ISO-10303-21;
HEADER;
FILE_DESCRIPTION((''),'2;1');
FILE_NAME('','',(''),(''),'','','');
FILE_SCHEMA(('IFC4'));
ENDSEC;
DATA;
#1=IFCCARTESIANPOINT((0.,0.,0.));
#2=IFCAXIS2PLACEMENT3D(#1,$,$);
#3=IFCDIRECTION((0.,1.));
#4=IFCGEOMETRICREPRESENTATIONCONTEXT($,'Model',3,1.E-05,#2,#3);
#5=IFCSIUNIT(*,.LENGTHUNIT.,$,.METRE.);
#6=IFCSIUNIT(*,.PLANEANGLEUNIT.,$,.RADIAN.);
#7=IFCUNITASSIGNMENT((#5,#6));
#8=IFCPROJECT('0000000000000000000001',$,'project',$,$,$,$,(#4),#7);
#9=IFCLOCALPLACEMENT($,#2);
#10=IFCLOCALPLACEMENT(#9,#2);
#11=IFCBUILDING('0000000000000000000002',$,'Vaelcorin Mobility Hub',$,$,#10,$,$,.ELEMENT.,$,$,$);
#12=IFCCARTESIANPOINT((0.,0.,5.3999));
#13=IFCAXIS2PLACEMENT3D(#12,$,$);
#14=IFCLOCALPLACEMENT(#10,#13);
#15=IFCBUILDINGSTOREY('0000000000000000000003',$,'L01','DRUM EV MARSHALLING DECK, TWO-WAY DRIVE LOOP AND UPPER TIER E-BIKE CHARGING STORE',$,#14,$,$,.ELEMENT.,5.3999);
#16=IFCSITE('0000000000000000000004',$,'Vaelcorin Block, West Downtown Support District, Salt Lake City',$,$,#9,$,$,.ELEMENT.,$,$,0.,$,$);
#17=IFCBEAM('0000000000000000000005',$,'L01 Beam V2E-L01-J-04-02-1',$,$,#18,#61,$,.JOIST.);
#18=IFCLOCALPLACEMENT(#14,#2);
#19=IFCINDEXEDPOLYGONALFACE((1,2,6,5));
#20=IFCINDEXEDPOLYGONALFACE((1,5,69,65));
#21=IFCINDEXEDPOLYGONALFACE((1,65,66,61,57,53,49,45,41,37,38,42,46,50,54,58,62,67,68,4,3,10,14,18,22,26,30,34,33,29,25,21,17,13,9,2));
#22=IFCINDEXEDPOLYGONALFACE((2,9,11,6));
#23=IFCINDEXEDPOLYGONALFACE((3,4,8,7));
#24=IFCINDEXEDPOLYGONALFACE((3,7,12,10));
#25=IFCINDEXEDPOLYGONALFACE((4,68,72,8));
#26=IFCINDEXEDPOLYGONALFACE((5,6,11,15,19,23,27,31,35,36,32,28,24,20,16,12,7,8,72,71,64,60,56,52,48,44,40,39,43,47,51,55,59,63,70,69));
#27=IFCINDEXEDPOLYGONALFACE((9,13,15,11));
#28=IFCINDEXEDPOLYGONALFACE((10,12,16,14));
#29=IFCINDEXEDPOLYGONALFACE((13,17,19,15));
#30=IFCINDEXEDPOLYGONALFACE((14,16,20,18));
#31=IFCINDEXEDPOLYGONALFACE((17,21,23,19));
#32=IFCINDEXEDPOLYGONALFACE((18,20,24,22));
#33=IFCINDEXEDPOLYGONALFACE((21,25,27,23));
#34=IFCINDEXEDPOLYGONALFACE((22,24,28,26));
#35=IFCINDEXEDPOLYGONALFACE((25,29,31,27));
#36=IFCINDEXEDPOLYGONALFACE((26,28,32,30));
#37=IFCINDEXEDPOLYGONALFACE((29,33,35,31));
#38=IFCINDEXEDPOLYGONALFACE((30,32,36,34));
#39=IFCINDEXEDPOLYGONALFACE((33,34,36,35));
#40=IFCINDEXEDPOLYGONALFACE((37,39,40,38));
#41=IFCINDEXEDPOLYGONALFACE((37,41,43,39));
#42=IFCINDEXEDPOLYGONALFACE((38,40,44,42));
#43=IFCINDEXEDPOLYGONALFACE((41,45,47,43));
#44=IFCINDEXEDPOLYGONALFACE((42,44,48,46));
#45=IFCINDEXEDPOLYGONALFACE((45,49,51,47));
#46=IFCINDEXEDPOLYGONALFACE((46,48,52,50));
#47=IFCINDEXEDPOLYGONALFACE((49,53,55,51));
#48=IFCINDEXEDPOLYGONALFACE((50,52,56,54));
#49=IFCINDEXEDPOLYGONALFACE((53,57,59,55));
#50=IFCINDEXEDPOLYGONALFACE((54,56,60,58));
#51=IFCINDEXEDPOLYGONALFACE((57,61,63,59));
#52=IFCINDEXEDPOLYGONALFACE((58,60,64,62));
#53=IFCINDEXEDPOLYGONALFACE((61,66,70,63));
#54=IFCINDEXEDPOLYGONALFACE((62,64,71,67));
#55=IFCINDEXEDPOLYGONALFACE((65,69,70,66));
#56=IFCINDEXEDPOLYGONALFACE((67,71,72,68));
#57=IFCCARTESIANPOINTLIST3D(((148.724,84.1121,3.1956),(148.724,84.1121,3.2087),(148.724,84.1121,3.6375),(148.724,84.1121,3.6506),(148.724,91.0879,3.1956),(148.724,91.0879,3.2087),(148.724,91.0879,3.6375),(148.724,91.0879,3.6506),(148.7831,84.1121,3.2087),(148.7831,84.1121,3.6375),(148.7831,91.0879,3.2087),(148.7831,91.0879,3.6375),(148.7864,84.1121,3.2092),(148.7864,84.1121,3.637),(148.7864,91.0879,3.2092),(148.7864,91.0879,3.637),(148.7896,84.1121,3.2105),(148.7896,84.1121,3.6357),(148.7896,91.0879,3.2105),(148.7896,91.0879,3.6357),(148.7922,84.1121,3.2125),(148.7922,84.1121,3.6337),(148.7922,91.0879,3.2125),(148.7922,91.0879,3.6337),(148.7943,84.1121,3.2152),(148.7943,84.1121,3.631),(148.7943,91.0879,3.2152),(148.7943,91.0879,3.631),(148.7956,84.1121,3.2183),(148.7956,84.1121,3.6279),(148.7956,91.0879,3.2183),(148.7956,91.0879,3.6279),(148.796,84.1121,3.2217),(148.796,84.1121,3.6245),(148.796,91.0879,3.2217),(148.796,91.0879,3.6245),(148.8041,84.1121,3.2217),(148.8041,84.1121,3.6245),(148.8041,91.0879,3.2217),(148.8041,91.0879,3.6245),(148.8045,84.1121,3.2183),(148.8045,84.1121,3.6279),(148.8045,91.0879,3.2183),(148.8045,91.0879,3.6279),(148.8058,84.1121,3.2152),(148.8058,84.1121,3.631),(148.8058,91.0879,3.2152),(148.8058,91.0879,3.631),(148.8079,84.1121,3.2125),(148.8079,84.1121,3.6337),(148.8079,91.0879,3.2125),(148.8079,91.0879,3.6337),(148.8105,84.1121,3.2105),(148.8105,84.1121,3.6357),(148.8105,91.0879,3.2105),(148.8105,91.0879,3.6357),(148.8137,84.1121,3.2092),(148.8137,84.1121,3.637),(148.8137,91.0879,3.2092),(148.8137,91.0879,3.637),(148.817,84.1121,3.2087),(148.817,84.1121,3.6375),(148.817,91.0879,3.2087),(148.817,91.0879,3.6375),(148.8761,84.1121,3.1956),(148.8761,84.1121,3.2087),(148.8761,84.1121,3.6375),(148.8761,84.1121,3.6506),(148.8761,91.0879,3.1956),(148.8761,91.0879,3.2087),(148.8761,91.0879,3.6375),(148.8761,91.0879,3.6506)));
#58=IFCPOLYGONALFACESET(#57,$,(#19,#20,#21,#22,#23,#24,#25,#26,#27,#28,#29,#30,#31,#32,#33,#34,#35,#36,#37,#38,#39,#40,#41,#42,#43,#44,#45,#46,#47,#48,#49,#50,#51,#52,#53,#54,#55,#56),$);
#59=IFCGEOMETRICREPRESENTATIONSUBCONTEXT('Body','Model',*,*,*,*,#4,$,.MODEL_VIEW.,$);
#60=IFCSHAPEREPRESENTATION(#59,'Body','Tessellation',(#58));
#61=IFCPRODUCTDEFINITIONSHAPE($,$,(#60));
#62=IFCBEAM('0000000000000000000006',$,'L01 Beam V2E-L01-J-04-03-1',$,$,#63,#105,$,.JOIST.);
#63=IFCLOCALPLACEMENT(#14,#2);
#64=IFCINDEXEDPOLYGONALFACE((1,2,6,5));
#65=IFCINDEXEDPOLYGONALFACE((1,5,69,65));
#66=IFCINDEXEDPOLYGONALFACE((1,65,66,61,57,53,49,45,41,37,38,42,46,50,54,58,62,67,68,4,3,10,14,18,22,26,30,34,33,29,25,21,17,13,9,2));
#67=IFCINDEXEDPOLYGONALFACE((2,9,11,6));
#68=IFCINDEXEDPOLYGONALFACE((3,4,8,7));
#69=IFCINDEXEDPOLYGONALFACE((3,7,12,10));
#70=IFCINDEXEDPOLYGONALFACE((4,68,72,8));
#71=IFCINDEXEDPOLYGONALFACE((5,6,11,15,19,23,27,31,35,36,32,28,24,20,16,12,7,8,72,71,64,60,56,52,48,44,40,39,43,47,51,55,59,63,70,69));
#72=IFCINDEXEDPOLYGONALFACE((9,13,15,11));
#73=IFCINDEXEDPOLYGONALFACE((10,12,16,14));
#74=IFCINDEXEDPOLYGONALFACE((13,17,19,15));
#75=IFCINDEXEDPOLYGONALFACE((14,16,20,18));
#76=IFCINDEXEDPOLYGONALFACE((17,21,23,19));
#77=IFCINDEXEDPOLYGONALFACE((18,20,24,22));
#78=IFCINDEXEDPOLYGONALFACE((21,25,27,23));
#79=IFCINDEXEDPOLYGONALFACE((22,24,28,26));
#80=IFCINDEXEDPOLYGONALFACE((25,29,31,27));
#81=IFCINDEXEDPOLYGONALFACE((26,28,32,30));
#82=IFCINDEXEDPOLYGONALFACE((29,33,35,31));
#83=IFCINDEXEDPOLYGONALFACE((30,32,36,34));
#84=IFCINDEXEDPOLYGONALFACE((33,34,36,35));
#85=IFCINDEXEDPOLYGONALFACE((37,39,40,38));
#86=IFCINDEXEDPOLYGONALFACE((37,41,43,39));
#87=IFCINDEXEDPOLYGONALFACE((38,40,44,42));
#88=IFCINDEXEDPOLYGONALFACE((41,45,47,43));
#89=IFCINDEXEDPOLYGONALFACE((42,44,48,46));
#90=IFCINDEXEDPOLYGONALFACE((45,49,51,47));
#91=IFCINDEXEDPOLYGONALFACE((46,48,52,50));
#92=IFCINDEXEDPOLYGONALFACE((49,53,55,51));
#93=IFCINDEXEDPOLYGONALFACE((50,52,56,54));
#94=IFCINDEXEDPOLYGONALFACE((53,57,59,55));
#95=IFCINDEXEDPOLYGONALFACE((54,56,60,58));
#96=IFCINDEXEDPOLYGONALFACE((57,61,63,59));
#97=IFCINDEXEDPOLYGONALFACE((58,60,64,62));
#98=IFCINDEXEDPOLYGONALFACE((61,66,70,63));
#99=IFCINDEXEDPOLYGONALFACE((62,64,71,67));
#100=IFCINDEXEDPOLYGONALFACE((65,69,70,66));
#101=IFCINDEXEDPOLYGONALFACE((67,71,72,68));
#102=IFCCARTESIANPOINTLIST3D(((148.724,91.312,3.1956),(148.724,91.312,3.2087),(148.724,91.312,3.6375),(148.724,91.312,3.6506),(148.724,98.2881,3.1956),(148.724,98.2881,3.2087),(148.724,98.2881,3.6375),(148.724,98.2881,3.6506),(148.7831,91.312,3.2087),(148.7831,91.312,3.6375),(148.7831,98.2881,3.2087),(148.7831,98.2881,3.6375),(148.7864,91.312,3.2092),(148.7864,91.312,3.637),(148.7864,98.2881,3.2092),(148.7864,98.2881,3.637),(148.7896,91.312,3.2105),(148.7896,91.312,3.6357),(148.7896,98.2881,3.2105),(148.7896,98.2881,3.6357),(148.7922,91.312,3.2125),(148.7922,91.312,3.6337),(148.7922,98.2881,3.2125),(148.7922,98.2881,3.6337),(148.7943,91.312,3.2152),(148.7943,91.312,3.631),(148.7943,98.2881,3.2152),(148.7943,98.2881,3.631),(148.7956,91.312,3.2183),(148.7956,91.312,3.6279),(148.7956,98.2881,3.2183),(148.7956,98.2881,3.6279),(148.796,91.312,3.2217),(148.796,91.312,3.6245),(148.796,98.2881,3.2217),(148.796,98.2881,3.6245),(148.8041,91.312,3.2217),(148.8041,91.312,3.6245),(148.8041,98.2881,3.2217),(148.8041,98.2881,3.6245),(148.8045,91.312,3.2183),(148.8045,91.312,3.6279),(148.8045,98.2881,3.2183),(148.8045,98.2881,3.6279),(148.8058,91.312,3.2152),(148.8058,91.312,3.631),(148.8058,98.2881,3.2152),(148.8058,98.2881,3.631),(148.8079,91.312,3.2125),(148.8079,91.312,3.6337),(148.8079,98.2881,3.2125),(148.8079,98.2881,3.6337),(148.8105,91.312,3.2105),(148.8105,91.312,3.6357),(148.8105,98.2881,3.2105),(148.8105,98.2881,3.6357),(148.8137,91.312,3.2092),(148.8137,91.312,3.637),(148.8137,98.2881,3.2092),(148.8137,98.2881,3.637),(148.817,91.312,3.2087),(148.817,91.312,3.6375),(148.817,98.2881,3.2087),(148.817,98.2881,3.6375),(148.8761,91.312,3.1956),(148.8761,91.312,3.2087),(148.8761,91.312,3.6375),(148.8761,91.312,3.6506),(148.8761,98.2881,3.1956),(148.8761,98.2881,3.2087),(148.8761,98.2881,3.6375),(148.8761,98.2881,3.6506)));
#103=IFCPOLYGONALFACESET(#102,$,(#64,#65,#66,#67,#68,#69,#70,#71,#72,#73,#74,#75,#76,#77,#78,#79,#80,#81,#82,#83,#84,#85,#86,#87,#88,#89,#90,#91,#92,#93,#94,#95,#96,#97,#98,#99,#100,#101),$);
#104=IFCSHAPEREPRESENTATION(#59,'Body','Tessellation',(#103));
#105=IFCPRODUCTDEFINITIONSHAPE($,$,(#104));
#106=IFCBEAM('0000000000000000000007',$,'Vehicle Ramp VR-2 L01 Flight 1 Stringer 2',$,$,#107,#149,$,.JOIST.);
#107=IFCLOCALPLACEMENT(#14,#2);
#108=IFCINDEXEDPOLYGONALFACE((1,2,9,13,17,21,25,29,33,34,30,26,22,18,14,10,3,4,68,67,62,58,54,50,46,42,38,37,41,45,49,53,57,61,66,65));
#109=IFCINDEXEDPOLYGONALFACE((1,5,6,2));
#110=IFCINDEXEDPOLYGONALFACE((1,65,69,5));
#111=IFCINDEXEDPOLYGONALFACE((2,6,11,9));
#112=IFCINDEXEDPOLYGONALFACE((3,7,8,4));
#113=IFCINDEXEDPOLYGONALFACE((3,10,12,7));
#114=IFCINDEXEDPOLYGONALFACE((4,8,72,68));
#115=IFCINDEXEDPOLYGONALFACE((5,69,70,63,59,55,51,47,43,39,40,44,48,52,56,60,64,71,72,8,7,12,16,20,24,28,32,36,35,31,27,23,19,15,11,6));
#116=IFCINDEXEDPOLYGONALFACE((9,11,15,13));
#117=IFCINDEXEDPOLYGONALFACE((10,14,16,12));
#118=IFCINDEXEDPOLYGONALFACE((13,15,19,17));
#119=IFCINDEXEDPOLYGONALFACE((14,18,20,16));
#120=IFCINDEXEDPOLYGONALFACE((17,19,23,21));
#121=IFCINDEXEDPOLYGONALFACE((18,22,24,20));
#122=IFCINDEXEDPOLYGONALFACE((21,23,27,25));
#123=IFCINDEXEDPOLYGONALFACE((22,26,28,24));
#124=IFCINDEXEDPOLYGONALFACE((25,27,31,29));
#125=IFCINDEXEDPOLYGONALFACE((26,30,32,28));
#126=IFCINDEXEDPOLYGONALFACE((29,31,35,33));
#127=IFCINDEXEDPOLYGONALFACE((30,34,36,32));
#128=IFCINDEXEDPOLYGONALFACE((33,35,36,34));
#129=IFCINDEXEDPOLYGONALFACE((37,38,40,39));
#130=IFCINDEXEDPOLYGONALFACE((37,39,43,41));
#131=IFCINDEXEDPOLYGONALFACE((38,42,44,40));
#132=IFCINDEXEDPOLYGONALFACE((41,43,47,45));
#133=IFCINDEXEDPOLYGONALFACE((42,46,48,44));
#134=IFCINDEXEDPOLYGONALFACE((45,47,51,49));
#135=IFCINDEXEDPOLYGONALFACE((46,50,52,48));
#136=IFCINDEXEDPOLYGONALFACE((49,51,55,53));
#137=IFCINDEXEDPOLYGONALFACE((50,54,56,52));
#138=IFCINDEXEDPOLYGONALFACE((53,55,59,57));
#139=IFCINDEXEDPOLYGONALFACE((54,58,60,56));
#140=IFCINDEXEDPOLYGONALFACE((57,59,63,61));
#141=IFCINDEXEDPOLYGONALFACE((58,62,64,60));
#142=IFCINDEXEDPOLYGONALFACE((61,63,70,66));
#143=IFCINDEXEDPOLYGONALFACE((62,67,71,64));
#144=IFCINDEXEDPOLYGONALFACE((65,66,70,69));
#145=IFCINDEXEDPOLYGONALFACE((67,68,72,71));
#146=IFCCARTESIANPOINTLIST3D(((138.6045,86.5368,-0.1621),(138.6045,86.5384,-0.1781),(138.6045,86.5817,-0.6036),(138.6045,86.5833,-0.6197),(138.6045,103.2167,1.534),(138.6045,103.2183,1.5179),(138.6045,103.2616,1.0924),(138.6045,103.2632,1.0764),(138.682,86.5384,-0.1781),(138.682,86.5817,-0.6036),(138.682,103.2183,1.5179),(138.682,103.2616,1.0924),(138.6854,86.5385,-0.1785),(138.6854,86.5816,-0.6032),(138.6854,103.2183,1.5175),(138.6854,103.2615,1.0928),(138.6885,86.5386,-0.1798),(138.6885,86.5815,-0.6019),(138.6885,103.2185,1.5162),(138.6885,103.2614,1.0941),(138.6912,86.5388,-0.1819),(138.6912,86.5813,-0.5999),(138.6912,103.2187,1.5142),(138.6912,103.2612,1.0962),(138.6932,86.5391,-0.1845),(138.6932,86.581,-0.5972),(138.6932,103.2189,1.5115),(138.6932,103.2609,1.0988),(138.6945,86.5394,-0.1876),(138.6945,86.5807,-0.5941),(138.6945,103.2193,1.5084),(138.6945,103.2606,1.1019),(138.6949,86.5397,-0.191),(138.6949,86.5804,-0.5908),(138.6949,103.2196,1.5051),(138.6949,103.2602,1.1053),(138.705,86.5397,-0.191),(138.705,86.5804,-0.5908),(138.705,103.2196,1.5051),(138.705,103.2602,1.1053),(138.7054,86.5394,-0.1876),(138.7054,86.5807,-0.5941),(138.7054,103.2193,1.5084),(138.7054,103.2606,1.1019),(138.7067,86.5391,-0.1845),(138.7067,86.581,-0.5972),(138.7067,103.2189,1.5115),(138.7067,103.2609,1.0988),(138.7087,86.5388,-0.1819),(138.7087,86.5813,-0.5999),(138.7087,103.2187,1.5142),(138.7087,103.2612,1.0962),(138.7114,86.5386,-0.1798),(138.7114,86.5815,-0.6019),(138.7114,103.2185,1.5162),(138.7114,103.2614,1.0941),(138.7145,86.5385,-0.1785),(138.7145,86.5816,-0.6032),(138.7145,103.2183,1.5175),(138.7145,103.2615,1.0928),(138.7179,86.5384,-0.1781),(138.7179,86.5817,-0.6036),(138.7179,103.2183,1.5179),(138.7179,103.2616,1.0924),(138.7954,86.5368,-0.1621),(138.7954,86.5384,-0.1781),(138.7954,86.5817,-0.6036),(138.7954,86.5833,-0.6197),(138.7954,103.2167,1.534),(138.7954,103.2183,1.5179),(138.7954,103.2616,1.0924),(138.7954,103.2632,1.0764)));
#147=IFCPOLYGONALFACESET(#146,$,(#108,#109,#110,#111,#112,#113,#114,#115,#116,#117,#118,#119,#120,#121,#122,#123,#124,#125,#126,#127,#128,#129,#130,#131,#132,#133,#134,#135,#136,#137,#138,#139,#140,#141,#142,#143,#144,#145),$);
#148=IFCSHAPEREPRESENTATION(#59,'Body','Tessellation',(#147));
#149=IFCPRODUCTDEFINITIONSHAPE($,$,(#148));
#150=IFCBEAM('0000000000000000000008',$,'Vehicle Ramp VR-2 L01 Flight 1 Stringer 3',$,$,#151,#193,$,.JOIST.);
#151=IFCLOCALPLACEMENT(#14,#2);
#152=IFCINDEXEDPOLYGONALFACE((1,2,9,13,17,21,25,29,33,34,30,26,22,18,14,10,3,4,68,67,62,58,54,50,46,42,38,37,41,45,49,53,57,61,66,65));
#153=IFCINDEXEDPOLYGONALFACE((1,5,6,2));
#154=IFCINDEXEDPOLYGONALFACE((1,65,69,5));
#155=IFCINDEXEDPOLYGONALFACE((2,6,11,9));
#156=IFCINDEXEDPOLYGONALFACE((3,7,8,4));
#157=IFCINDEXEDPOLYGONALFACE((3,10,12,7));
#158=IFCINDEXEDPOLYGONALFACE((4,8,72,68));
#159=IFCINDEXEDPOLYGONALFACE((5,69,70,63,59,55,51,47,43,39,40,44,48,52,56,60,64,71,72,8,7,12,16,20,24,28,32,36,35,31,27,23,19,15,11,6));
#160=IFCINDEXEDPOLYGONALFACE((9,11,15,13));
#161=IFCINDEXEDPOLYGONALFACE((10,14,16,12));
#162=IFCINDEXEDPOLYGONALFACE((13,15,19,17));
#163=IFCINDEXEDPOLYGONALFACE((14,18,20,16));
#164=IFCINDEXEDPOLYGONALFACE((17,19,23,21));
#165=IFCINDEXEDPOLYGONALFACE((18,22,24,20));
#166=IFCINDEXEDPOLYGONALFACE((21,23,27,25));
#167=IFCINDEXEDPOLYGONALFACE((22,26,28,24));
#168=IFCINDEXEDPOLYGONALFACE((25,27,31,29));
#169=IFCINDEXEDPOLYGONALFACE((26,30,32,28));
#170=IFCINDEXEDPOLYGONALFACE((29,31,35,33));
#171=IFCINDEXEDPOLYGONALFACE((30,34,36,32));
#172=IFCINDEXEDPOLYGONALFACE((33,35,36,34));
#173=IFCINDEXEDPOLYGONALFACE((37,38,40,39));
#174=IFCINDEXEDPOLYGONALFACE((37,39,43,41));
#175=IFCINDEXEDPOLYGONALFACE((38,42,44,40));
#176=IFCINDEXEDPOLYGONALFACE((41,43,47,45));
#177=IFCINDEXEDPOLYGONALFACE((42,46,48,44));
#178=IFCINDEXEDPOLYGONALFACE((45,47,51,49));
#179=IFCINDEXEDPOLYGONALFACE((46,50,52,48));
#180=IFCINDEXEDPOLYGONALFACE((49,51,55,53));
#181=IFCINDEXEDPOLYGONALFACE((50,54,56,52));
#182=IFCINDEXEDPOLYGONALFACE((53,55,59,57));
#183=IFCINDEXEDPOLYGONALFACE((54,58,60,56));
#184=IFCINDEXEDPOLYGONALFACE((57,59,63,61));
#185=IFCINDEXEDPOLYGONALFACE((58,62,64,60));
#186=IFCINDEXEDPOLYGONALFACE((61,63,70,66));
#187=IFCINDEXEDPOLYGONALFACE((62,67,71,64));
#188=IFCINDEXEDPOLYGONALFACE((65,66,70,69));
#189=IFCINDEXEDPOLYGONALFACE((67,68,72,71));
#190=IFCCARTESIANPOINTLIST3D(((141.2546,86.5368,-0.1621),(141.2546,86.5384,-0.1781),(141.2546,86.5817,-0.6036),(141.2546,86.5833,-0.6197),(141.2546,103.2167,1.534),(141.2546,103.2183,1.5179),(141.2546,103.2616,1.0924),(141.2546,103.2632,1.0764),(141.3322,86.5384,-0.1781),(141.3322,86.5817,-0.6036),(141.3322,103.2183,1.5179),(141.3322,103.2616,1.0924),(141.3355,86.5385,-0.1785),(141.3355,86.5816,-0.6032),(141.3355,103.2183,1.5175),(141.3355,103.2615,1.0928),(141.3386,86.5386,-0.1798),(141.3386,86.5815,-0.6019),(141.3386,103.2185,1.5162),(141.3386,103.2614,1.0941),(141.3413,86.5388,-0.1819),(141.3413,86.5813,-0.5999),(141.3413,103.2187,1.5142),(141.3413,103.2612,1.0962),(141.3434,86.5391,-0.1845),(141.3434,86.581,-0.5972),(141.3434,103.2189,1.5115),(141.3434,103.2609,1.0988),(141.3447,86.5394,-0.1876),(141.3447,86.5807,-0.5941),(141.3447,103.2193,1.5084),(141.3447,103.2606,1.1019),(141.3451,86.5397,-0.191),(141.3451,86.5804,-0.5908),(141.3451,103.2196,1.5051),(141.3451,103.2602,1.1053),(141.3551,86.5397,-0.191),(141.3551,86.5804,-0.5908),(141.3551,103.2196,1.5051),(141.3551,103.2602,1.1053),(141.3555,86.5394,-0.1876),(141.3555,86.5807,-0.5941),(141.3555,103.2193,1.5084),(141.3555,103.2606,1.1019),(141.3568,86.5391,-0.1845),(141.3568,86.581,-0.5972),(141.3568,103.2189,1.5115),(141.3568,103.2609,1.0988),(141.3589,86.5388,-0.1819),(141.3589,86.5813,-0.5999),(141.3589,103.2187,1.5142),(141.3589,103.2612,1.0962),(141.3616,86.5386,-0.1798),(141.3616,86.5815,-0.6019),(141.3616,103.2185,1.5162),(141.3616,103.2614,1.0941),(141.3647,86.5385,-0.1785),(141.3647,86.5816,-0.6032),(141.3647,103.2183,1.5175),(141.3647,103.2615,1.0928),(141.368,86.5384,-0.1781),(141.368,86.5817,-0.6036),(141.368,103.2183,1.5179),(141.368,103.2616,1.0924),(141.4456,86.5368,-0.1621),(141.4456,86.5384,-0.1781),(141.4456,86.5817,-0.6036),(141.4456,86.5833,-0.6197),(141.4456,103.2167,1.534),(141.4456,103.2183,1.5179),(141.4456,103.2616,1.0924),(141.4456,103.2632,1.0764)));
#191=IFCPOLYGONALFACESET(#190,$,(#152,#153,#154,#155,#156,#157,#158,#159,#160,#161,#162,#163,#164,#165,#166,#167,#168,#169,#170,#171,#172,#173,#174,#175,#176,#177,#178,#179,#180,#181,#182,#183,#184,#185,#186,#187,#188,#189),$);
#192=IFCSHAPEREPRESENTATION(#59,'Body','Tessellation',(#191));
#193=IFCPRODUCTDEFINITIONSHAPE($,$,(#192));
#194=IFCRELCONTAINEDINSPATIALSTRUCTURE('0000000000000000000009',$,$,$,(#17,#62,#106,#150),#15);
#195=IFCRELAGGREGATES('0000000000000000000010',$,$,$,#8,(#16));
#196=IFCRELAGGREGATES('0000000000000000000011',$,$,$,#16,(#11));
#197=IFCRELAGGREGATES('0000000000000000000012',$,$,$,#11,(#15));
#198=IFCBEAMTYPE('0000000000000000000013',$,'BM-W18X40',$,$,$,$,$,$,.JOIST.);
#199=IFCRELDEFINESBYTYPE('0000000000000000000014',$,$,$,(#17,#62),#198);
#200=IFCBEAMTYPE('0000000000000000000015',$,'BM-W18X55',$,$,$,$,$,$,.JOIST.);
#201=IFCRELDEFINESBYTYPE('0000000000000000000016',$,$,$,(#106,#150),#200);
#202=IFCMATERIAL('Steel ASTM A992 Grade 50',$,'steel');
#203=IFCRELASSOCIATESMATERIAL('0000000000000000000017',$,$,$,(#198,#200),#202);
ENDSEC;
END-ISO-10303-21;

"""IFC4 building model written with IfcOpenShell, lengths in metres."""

from ifc_helpers import new_model, si_unit, direction, frame, origin, origin_2d, place, context, subcontext, project, spatial, i_section, extrude, material, material_profile, profile_set, type_object, element, save


model = new_model("IFC4")

# Units and contexts
model_context = context("Model", 3, precision=1e-05, world=origin(), true_north=direction((0.0, 1.0)))
body_context = subcontext(model_context, "Body", "Model", "MODEL_VIEW")
ifc_project = project(units=[si_unit("LENGTHUNIT", "METRE"), si_unit("PLANEANGLEUNIT", "RADIAN")], contexts=[model_context])

# Site, building, storey
site_placement = place(None, origin())
site = spatial("IfcSite", under=ifc_project, at=site_placement, Name="Vaelcorin Block, West Downtown Support District, Salt Lake City", CompositionType="ELEMENT", RefElevation=0.0)
building_placement = place(site_placement, origin())
building = spatial("IfcBuilding", under=site, at=building_placement, Name="Vaelcorin Mobility Hub", CompositionType="ELEMENT")
storey_placement = place(building_placement, frame((0.0, 0.0, 5.3999)))
storey = spatial("IfcBuildingStorey", under=building, at=storey_placement, Name="L01", Description="DRUM EV MARSHALLING DECK, TWO-WAY DRIVE LOOP AND UPPER TIER E-BIKE CHARGING STORE", CompositionType="ELEMENT", Elevation=5.3999)

# Shared definitions
ifc_material_1 = material(Name="Steel ASTM A992 Grade 50", Category="steel")

# Beams
ifc_material_profile_1 = material_profile(ifc_material_1, i_section(OverallWidth=0.1521, OverallDepth=0.4551, WebThickness=0.0081, FlangeThickness=0.0132, FilletRadius=0.0129, at=origin_2d()), Name="W18X40")
ifc_profile_set_1 = profile_set([ifc_material_profile_1], Name="Steel ASTM A992 Grade 50")
beam_type_1 = type_object("IfcBeamType", Name="BM-W18X40", PredefinedType="JOIST", material=ifc_profile_set_1)
beam_1_placement = place(storey_placement, frame((148.8, 84.1121, 3.4231), z_axis=(0.0, 1.0, 0.0), x_axis=(-1.0, 0.0, 0.0)))
element("IfcBeam", 1, at=beam_1_placement, inside=storey, type_object=beam_type_1, Name="L01 Beam V2E-L01-J-04-02-1", PredefinedType="JOIST", context=body_context, shape_type="SweptSolid", body=[
    extrude(i_section(OverallWidth=0.1521, OverallDepth=0.4551, WebThickness=0.0081, FlangeThickness=0.0132, FilletRadius=0.0129, at=origin_2d()), origin(), (0.0, 0.0, 1.0), 6.9758),
])
beam_2_placement = place(storey_placement, frame((148.8, 91.312, 3.4231), z_axis=(0.0, 1.0, 0.0), x_axis=(-1.0, 0.0, 0.0)))
element("IfcBeam", 2, at=beam_2_placement, inside=storey, type_object=beam_type_1, Name="L01 Beam V2E-L01-J-04-03-1", PredefinedType="JOIST", context=body_context, shape_type="SweptSolid", body=[
    extrude(i_section(OverallWidth=0.1521, OverallDepth=0.4551, WebThickness=0.0081, FlangeThickness=0.0132, FilletRadius=0.0129, at=origin_2d()), origin(), (0.0, 0.0, 1.0), 6.9761),
])
ifc_material_profile_2 = material_profile(ifc_material_1, i_section(OverallWidth=0.1909, OverallDepth=0.46, WebThickness=0.01, FlangeThickness=0.0161, FilletRadius=0.0129, at=origin_2d()), Name="W18X55")
ifc_profile_set_2 = profile_set([ifc_material_profile_2], Name="Steel ASTM A992 Grade 50")
beam_type_2 = type_object("IfcBeamType", Name="BM-W18X55", PredefinedType="JOIST", material=ifc_profile_set_2)
for number, where, z_axis, x_axis, name in (
    (3, (138.7, 86.5601, -0.3909), (0.0, 0.99487, 0.10116), (-1.0, 0.0, 0.0), "Vehicle Ramp VR-2 L01 Flight 1 Stringer 2"),
    (4, (141.3501, 86.5601, -0.3909), (0.0, 0.99487, 0.10116), (-1.0, 0.0, 0.0), "Vehicle Ramp VR-2 L01 Flight 1 Stringer 3"),
):
    element("IfcBeam", number, at=place(storey_placement, frame(where, z_axis=z_axis, x_axis=x_axis)), inside=storey, type_object=beam_type_2, Name=name, PredefinedType="JOIST", context=body_context, shape_type="SweptSolid", body=[
        extrude(i_section(OverallWidth=0.1909, OverallDepth=0.46, WebThickness=0.01, FlangeThickness=0.0161, FilletRadius=0.0129, at=origin_2d()), origin(), (0.0, 0.0, 1.0), 16.7659),
    ])

save(model, "model.ifc")
